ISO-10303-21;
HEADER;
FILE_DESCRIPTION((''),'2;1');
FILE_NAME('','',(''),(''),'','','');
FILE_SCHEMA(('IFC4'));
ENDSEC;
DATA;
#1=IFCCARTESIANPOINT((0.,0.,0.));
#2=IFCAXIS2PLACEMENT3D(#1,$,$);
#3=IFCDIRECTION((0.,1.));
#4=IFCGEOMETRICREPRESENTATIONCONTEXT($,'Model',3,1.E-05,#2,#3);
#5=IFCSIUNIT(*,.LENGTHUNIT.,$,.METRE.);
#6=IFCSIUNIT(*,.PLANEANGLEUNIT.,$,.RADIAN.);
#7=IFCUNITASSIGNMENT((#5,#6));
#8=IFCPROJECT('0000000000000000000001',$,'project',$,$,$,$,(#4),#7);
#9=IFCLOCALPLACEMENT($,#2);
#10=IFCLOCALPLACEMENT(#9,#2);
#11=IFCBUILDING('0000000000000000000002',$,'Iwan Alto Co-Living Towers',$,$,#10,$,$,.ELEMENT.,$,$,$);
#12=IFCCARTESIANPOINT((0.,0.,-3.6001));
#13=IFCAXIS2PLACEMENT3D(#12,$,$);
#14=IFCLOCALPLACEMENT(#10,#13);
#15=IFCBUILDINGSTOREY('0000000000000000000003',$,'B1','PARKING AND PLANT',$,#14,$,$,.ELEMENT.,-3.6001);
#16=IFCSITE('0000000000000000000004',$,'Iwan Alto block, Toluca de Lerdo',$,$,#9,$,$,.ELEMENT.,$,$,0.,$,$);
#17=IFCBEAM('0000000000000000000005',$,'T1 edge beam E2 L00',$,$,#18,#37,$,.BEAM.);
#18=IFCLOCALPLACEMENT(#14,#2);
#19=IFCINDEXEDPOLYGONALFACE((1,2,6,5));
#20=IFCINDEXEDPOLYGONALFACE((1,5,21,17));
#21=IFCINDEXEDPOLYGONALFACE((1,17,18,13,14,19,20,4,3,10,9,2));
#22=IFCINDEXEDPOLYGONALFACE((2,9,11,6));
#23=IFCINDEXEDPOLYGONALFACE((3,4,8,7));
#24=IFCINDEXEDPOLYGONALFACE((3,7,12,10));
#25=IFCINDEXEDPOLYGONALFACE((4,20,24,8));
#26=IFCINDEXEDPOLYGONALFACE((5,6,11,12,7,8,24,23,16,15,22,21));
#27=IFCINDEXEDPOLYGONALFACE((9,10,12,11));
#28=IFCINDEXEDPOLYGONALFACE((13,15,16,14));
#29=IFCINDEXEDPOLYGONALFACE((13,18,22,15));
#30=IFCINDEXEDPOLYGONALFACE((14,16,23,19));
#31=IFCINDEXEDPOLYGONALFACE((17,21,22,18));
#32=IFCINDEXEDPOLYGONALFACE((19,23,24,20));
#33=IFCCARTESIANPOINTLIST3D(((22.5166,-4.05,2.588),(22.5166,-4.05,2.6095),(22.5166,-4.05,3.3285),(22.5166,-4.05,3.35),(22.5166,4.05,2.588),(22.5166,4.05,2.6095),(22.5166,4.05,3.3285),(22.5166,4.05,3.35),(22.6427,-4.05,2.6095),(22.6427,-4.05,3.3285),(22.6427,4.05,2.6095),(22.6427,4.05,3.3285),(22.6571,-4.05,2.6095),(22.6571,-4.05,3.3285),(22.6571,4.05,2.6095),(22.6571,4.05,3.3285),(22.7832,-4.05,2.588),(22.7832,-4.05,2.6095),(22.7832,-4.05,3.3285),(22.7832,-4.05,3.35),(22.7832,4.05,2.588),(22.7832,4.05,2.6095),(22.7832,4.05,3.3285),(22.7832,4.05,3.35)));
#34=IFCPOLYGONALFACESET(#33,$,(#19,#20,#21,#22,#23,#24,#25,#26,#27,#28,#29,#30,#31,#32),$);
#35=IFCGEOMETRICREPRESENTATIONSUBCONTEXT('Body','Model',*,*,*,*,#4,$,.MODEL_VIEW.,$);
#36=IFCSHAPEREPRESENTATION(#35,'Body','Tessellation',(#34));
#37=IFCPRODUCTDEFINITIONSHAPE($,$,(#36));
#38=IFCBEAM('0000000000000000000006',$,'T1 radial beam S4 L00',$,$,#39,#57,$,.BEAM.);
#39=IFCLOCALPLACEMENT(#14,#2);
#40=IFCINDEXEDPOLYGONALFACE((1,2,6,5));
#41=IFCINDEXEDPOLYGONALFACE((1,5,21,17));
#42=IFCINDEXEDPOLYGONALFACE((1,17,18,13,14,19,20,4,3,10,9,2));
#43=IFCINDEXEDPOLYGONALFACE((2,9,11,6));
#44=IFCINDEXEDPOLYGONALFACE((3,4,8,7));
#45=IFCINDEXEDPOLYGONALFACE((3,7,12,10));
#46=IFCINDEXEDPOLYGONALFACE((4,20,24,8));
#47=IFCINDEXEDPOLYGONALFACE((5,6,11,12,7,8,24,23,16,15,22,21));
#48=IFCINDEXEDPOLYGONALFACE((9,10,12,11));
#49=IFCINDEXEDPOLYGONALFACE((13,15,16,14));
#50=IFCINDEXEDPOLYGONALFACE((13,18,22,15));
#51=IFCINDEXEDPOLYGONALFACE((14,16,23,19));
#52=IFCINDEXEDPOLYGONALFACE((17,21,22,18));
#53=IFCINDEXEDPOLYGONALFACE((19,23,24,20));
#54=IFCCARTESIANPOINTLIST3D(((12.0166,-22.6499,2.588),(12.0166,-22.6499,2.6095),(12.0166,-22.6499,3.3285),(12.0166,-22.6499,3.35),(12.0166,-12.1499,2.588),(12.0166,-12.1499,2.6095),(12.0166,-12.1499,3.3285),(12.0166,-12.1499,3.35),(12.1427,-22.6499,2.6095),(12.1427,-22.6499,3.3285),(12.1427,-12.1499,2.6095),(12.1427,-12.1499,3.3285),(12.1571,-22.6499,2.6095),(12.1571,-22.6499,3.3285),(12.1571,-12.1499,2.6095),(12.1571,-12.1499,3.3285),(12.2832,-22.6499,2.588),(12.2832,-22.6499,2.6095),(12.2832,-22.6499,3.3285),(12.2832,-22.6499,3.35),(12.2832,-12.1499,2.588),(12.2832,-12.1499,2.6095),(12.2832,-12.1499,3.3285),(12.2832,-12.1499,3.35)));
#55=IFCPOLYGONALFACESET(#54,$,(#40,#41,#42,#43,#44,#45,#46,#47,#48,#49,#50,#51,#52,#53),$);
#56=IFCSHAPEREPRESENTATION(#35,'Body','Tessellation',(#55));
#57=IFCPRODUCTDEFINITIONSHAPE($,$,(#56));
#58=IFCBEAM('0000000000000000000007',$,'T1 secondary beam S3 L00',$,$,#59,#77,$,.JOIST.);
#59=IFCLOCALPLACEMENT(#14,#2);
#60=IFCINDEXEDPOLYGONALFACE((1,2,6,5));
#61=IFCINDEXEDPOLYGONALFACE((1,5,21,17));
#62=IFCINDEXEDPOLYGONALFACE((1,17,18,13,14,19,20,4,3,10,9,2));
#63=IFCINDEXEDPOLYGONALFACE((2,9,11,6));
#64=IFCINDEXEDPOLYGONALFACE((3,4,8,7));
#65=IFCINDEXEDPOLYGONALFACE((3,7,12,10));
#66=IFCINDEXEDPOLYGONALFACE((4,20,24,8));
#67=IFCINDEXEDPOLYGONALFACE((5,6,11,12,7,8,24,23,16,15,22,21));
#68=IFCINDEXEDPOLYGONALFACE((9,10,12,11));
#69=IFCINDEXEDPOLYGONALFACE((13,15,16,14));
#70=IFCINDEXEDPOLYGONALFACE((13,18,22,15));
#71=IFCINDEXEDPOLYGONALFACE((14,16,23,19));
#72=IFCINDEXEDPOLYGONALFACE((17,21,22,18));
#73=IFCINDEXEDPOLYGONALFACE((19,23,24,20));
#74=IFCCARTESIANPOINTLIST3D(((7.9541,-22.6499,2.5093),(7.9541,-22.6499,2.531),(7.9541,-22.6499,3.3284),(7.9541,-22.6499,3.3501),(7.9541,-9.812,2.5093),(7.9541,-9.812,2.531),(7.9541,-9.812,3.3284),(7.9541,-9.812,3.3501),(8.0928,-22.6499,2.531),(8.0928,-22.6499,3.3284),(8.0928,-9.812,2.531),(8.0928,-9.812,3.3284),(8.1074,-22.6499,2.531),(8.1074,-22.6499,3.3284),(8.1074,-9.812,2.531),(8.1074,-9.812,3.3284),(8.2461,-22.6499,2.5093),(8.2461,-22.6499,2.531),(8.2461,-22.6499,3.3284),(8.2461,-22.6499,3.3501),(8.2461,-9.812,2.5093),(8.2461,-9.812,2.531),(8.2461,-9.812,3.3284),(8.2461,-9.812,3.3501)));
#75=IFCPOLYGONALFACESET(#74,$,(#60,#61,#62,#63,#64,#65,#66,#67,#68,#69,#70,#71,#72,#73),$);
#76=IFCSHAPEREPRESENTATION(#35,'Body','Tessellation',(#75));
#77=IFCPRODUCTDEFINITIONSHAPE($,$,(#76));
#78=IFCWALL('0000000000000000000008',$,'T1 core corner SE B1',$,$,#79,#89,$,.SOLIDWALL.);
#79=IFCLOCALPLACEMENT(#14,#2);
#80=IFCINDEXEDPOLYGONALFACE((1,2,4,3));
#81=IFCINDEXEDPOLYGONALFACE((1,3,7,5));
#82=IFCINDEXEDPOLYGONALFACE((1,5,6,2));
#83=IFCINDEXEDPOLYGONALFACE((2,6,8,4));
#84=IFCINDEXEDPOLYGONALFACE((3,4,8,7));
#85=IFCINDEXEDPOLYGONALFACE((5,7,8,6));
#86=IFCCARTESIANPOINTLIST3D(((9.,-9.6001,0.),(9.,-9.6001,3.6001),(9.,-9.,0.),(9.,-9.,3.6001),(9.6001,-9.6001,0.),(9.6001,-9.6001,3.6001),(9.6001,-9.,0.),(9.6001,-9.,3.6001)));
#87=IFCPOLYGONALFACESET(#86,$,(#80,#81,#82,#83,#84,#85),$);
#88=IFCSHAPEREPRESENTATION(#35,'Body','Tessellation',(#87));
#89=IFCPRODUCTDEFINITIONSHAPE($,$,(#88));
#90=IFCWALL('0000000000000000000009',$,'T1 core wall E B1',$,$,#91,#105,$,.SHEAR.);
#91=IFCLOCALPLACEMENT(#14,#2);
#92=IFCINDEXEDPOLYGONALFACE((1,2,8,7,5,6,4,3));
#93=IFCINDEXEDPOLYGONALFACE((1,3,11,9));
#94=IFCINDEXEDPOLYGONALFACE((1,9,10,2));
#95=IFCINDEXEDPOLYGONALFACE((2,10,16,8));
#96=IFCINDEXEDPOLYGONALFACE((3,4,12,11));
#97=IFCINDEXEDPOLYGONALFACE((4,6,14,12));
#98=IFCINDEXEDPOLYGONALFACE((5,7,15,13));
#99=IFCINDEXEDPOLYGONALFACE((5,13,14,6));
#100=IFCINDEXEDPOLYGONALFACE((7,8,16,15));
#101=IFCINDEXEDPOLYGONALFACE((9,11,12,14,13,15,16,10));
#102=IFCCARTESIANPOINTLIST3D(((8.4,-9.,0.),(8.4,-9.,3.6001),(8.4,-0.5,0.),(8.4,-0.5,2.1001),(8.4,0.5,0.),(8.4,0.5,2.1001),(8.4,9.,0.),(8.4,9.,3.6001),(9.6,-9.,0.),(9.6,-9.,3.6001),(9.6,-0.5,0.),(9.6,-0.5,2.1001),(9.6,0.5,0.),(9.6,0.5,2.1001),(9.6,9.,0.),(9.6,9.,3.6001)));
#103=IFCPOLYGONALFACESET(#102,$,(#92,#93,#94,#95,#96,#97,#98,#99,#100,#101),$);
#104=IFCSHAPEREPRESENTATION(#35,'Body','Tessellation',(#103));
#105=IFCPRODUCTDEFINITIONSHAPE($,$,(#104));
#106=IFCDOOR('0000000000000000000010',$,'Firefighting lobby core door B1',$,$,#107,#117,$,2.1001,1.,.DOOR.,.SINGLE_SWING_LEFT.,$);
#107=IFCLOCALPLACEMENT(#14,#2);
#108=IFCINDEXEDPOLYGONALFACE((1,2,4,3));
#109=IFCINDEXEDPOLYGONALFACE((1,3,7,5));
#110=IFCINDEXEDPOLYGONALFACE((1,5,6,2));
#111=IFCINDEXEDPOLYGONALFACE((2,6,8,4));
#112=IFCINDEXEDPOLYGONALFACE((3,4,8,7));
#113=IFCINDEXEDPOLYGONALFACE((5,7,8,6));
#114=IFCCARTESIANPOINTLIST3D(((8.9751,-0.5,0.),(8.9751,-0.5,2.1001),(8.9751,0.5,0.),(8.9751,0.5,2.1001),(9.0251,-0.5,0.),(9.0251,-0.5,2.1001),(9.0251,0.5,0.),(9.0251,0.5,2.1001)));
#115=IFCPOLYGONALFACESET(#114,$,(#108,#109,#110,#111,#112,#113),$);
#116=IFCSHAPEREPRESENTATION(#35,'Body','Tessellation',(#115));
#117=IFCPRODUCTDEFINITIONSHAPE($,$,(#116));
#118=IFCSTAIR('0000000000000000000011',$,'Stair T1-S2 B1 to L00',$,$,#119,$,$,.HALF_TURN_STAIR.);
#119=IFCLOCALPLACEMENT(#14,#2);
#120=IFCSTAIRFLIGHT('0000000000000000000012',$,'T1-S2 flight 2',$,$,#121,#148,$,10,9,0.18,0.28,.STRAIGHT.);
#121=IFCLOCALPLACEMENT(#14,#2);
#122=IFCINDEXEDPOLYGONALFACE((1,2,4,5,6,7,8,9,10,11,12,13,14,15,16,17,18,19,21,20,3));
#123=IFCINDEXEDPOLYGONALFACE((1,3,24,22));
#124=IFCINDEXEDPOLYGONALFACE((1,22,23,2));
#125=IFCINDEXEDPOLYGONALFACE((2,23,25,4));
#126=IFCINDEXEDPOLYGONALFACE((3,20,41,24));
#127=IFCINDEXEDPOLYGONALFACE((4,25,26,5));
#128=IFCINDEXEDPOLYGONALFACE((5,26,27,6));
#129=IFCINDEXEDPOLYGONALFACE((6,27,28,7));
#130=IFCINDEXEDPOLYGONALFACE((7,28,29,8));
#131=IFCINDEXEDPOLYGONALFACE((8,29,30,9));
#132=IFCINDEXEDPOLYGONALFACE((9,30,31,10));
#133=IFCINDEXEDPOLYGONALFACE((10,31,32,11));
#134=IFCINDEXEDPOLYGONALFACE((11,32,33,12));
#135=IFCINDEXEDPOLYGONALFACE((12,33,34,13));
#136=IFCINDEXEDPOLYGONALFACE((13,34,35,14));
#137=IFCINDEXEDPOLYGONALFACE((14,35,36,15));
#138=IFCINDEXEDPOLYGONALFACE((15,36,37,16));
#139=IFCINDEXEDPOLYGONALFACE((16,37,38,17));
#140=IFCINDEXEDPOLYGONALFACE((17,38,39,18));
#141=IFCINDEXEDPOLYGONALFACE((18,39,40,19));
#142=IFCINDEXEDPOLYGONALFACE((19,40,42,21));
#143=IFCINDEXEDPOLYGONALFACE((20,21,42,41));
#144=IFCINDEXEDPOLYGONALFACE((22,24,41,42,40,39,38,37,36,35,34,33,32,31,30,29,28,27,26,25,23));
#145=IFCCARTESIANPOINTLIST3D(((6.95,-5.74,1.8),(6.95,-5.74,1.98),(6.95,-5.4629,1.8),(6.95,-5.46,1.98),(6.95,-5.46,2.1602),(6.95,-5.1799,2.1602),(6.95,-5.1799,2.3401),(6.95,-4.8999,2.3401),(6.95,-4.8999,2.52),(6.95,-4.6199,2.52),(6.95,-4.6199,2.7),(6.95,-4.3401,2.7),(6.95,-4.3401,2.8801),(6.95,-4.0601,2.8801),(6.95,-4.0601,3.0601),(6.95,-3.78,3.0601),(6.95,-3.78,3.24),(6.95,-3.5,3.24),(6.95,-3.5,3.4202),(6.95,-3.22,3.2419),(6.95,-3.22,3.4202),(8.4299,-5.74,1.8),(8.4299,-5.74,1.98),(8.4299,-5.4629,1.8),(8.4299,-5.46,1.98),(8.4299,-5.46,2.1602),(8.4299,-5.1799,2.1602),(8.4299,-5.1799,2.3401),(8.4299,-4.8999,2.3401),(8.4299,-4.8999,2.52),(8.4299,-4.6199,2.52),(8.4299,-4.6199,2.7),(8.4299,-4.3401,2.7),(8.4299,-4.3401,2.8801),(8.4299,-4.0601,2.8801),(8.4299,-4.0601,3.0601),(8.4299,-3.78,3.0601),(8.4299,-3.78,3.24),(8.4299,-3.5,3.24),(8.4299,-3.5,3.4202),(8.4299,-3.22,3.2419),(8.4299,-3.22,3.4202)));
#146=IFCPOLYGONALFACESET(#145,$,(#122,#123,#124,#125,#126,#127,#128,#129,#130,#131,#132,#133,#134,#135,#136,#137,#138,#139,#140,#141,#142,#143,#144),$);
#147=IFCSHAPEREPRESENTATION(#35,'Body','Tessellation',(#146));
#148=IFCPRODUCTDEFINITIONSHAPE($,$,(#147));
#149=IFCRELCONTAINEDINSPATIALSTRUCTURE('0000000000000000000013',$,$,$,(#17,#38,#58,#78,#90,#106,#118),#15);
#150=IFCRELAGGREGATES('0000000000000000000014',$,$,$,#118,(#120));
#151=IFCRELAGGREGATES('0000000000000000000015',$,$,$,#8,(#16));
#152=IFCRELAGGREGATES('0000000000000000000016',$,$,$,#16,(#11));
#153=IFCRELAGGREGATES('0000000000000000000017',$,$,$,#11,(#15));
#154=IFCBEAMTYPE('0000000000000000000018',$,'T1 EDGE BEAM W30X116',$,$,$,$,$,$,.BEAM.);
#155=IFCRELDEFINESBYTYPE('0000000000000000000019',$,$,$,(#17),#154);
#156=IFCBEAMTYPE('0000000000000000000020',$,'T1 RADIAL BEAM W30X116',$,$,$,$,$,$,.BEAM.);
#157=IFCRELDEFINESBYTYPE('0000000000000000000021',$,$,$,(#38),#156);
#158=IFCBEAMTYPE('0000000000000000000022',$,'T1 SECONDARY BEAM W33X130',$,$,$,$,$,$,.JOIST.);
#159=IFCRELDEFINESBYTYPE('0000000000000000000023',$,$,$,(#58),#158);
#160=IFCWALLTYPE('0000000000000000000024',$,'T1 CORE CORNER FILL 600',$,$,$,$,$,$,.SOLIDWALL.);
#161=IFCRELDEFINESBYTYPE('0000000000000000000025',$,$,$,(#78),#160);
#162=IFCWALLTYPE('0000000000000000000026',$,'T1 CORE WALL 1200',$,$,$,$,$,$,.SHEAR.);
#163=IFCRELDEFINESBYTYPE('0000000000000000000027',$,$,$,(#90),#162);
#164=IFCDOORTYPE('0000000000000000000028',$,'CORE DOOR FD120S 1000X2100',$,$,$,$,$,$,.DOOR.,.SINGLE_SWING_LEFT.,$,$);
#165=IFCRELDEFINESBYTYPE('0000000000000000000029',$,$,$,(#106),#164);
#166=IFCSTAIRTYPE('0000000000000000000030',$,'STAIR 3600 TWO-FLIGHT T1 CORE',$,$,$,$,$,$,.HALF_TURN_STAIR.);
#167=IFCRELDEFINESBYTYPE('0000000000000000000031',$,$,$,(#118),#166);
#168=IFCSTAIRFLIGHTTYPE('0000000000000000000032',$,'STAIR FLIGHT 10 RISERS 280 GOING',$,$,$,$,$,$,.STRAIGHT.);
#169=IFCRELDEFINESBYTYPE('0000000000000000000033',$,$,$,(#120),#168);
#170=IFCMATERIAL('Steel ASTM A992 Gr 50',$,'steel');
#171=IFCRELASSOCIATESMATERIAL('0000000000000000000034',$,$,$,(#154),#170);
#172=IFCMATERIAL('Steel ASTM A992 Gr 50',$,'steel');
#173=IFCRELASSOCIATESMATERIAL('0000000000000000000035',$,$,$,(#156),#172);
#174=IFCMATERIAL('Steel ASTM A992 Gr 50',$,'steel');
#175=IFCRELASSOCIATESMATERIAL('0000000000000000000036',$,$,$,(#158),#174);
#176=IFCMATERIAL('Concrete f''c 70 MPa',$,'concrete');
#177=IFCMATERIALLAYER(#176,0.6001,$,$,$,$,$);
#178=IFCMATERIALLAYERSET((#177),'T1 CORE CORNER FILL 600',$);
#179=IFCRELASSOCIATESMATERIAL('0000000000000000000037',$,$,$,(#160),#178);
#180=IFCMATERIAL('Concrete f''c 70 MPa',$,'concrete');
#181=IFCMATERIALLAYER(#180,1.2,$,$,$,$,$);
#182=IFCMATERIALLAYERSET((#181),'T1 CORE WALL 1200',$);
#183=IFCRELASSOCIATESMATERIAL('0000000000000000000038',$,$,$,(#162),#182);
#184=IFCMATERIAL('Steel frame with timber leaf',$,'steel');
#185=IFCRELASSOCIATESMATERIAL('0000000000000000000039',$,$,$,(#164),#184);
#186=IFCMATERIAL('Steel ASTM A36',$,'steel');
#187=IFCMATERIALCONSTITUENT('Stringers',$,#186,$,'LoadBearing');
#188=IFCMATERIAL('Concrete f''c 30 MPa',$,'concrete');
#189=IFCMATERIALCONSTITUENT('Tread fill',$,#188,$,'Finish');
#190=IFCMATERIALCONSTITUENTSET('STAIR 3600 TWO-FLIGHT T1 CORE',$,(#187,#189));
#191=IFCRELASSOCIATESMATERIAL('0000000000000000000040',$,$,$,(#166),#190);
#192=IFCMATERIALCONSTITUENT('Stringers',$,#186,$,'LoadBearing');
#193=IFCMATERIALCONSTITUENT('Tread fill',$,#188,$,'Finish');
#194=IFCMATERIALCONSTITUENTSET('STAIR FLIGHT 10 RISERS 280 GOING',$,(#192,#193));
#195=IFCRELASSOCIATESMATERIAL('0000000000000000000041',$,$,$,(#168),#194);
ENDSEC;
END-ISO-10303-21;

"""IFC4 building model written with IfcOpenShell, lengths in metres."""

from ifc_helpers import new_model, si_unit, direction, frame, frame_2d, origin, origin_2d, place, context, subcontext, project, spatial, polyline, rectangle, i_section, outline, extrude, material, layer, layer_set, constituent, constituent_set, material_profile, profile_set, type_object, element, fill, aggregate, save


model = new_model("IFC4")

# Units and contexts
model_context = context("Model", 3, precision=1e-05, world=origin(), true_north=direction((0.0, 1.0)))
body_context = subcontext(model_context, "Body", "Model", "MODEL_VIEW")
ifc_project = project(units=[si_unit("LENGTHUNIT", "METRE"), si_unit("PLANEANGLEUNIT", "RADIAN")], contexts=[model_context])

# Site, building, storey
site_placement = place(None, origin())
site = spatial("IfcSite", under=ifc_project, at=site_placement, Name="Iwan Alto block, Toluca de Lerdo", CompositionType="ELEMENT", RefElevation=0.0)
building_placement = place(site_placement, origin())
building = spatial("IfcBuilding", under=site, at=building_placement, Name="Iwan Alto Co-Living Towers", CompositionType="ELEMENT")
storey_placement = place(building_placement, frame((0.0, 0.0, -3.6001)))
storey = spatial("IfcBuildingStorey", under=building, at=storey_placement, Name="B1", Description="PARKING AND PLANT", CompositionType="ELEMENT", Elevation=-3.6001)

# Beams
ifc_material_1 = material(Name="Steel ASTM A992 Gr 50", Category="steel")
ifc_material_profile_1 = material_profile(ifc_material_1, i_section(OverallWidth=0.2666, OverallDepth=0.762, WebThickness=0.0144, FlangeThickness=0.0215, at=origin_2d()), Name="W30X116")
ifc_profile_set_1 = profile_set([ifc_material_profile_1], Name="Steel ASTM A992 Gr 50")
beam_type_1 = type_object("IfcBeamType", Name="T1 EDGE BEAM W30X116", PredefinedType="BEAM", material=ifc_profile_set_1)
beam_1_placement = place(storey_placement, frame((22.6499, -4.05, 2.969), z_axis=(0.0, 1.0, 0.0), x_axis=(-1.0, 0.0, 0.0)))
element("IfcBeam", 1, at=beam_1_placement, inside=storey, type_object=beam_type_1, Name="T1 edge beam E2 L00", PredefinedType="BEAM", context=body_context, shape_type="SweptSolid", body=[
    extrude(i_section(OverallWidth=0.2666, OverallDepth=0.762, WebThickness=0.0144, FlangeThickness=0.0215, at=origin_2d()), origin(), (0.0, 0.0, 1.0), 8.1001),
])
ifc_material_2 = material(Name="Steel ASTM A992 Gr 50", Category="steel")
ifc_material_profile_2 = material_profile(ifc_material_2, i_section(OverallWidth=0.2666, OverallDepth=0.762, WebThickness=0.0144, FlangeThickness=0.0215, at=origin_2d()), Name="W30X116")
ifc_profile_set_2 = profile_set([ifc_material_profile_2], Name="Steel ASTM A992 Gr 50")
beam_type_2 = type_object("IfcBeamType", Name="T1 RADIAL BEAM W30X116", PredefinedType="BEAM", material=ifc_profile_set_2)
beam_2_placement = place(storey_placement, frame((12.1499, -22.6499, 2.969), z_axis=(0.0, 1.0, 0.0), x_axis=(-1.0, 0.0, 0.0)))
element("IfcBeam", 2, at=beam_2_placement, inside=storey, type_object=beam_type_2, Name="T1 radial beam S4 L00", PredefinedType="BEAM", context=body_context, shape_type="SweptSolid", body=[
    extrude(i_section(OverallWidth=0.2666, OverallDepth=0.762, WebThickness=0.0144, FlangeThickness=0.0215, at=origin_2d()), origin(), (0.0, 0.0, 1.0), 10.5),
])
ifc_material_3 = material(Name="Steel ASTM A992 Gr 50", Category="steel")
ifc_material_profile_3 = material_profile(ifc_material_3, i_section(OverallWidth=0.292, OverallDepth=0.8408, WebThickness=0.0146, FlangeThickness=0.0217, at=origin_2d()), Name="W33X130")
ifc_profile_set_3 = profile_set([ifc_material_profile_3], Name="Steel ASTM A992 Gr 50")
beam_type_3 = type_object("IfcBeamType", Name="T1 SECONDARY BEAM W33X130", PredefinedType="JOIST", material=ifc_profile_set_3)
beam_3_placement = place(storey_placement, frame((8.1001, -22.6499, 2.9297), z_axis=(0.0, 1.0, 0.0), x_axis=(-1.0, 0.0, 0.0)))
element("IfcBeam", 3, at=beam_3_placement, inside=storey, type_object=beam_type_3, Name="T1 secondary beam S3 L00", PredefinedType="JOIST", context=body_context, shape_type="SweptSolid", body=[
    extrude(i_section(OverallWidth=0.292, OverallDepth=0.8408, WebThickness=0.0146, FlangeThickness=0.0217, at=origin_2d()), origin(), (0.0, 0.0, 1.0), 12.8379),
])

# Wall
ifc_material_4 = material(Name="Concrete f'c 70 MPa", Category="concrete")
ifc_layer_1 = layer(ifc_material_4, 0.6001)
ifc_layer_set_1 = layer_set([ifc_layer_1], Name="T1 CORE CORNER FILL 600")
wall_type_1 = type_object("IfcWallType", Name="T1 CORE CORNER FILL 600", PredefinedType="SOLIDWALL", material=ifc_layer_set_1)
wall_1_placement = place(storey_placement, frame((9.0, -9.3, 0.0), z_axis=(0.0, 0.0, 1.0), x_axis=(1.0, 0.0, 0.0)))
element("IfcWall", 4, at=wall_1_placement, inside=storey, type_object=wall_type_1, Name="T1 core corner SE B1", PredefinedType="SOLIDWALL", context=body_context, shape_type="SweptSolid", body=[
    extrude(rectangle(XDim=0.6001, YDim=0.6001, at=frame_2d((0.3, 0.0))), origin(), (0.0, 0.0, 1.0), 3.6001),
])

# Wall, opening, door
ifc_material_5 = material(Name="Concrete f'c 70 MPa", Category="concrete")
ifc_layer_2 = layer(ifc_material_5, 1.2)
ifc_layer_set_2 = layer_set([ifc_layer_2], Name="T1 CORE WALL 1200")
wall_type_2 = type_object("IfcWallType", Name="T1 CORE WALL 1200", PredefinedType="SHEAR", material=ifc_layer_set_2)
wall_2_placement = place(storey_placement, frame((9.0, -9.0, 0.0), z_axis=(0.0, 0.0, 1.0), x_axis=(0.0, 1.0, 0.0)))
wall_2 = element("IfcWall", 5, at=wall_2_placement, inside=storey, type_object=wall_type_2, Name="T1 core wall E B1", PredefinedType="SHEAR", context=body_context, shape_type="SweptSolid", body=[
    extrude(rectangle(XDim=18.0, YDim=1.2, at=frame_2d((9.0, 0.0))), origin(), (0.0, 0.0, 1.0), 3.6001),
])
opening_placement = place(wall_2_placement, frame((8.5, 0.0, 0.0)))
opening = element("IfcOpeningElement", 6, at=opening_placement, cuts=wall_2, PredefinedType="OPENING", context=body_context, shape_type="SweptSolid", body=[
    extrude(rectangle(XDim=1.0, YDim=2.1001, at=frame_2d((0.5, 1.05))), frame((0.0, 0.6099, 0.0), z_axis=(0.0, -1.0, 0.0), x_axis=(1.0, 0.0, 0.0)), (0.0, 0.0, 1.0), 1.22),
])
ifc_material_6 = material(Name="Steel frame with timber leaf", Category="steel")
door_type = type_object("IfcDoorType", Name="CORE DOOR FD120S 1000X2100", OperationType="SINGLE_SWING_LEFT", PredefinedType="DOOR", material=ifc_material_6)
door_placement = place(opening_placement, origin())
door = element("IfcDoor", 7, at=door_placement, inside=storey, type_object=door_type, Name="Firefighting lobby core door B1", OperationType="SINGLE_SWING_LEFT", OverallHeight=2.1001, OverallWidth=1.0, PredefinedType="DOOR", context=body_context, shape_type="SweptSolid", body=[
    extrude(rectangle(XDim=1.0, YDim=2.1001, at=frame_2d((0.5, 1.05))), frame((0.0, 0.0249, 0.0), z_axis=(0.0, -1.0, 0.0), x_axis=(1.0, 0.0, 0.0)), (0.0, 0.0, 1.0), 0.05),
])
fill(opening, door)

# Stair, stair flight
ifc_material_7 = material(Name="Steel ASTM A36", Category="steel")
ifc_constituent_1 = constituent(ifc_material_7, Name="Stringers", Category="LoadBearing")
ifc_material_8 = material(Name="Concrete f'c 30 MPa", Category="concrete")
ifc_constituent_2 = constituent(ifc_material_8, Name="Tread fill", Category="Finish")
ifc_constituent_set_1 = constituent_set(constituents=[ifc_constituent_1, ifc_constituent_2], Name="STAIR 3600 TWO-FLIGHT T1 CORE")
stair_type = type_object("IfcStairType", Name="STAIR 3600 TWO-FLIGHT T1 CORE", PredefinedType="HALF_TURN_STAIR", material=ifc_constituent_set_1)
stair_placement = place(storey_placement, origin())
stair = element("IfcStair", 8, at=stair_placement, inside=storey, type_object=stair_type, Name="Stair T1-S2 B1 to L00", PredefinedType="HALF_TURN_STAIR")
ifc_constituent_3 = constituent(ifc_material_7, Name="Stringers", Category="LoadBearing")
ifc_constituent_4 = constituent(ifc_material_8, Name="Tread fill", Category="Finish")
ifc_constituent_set_2 = constituent_set(constituents=[ifc_constituent_3, ifc_constituent_4], Name="STAIR FLIGHT 10 RISERS 280 GOING")
stair_flight_type = type_object("IfcStairFlightType", Name="STAIR FLIGHT 10 RISERS 280 GOING", PredefinedType="STRAIGHT", material=ifc_constituent_set_2)
stair_flight_placement = place(storey_placement, frame((7.6899, -5.74, 1.8), z_axis=(0.0, 0.0, 1.0), x_axis=(0.0, 1.0, 0.0)))
stair_flight = element("IfcStairFlight", 9, at=stair_flight_placement, type_object=stair_flight_type, Name="T1-S2 flight 2", NumberOfRisers=10, NumberOfTreads=9, PredefinedType="STRAIGHT", RiserHeight=0.18, TreadLength=0.28, context=body_context, shape_type="SweptSolid", body=[
    extrude(outline(polyline([(0.0, 0.0), (0.0, 0.1799), (0.28, 0.1799), (0.28, 0.3601), (0.5601, 0.3601), (0.5601, 0.54), (0.8401, 0.54), (0.8401, 0.72), (1.1201, 0.72), (1.1201, 0.8999), (1.3999, 0.8999), (1.3999, 1.0801), (1.6799, 1.0801), (1.6799, 1.26), (1.96, 1.26), (1.96, 1.4399), (2.24, 1.4399), (2.24, 1.6201), (2.52, 1.6201), (2.52, 1.8), (2.52, 1.4419), (0.2771, 0.0), (0.0, 0.0)])), frame((0.0, 0.74, 0.0), z_axis=(0.0, -1.0, 0.0), x_axis=(1.0, 0.0, 0.0)), (0.0, 0.0, 1.0), 1.48),
])
aggregate(stair, [stair_flight])

save(model, "model.ifc")
